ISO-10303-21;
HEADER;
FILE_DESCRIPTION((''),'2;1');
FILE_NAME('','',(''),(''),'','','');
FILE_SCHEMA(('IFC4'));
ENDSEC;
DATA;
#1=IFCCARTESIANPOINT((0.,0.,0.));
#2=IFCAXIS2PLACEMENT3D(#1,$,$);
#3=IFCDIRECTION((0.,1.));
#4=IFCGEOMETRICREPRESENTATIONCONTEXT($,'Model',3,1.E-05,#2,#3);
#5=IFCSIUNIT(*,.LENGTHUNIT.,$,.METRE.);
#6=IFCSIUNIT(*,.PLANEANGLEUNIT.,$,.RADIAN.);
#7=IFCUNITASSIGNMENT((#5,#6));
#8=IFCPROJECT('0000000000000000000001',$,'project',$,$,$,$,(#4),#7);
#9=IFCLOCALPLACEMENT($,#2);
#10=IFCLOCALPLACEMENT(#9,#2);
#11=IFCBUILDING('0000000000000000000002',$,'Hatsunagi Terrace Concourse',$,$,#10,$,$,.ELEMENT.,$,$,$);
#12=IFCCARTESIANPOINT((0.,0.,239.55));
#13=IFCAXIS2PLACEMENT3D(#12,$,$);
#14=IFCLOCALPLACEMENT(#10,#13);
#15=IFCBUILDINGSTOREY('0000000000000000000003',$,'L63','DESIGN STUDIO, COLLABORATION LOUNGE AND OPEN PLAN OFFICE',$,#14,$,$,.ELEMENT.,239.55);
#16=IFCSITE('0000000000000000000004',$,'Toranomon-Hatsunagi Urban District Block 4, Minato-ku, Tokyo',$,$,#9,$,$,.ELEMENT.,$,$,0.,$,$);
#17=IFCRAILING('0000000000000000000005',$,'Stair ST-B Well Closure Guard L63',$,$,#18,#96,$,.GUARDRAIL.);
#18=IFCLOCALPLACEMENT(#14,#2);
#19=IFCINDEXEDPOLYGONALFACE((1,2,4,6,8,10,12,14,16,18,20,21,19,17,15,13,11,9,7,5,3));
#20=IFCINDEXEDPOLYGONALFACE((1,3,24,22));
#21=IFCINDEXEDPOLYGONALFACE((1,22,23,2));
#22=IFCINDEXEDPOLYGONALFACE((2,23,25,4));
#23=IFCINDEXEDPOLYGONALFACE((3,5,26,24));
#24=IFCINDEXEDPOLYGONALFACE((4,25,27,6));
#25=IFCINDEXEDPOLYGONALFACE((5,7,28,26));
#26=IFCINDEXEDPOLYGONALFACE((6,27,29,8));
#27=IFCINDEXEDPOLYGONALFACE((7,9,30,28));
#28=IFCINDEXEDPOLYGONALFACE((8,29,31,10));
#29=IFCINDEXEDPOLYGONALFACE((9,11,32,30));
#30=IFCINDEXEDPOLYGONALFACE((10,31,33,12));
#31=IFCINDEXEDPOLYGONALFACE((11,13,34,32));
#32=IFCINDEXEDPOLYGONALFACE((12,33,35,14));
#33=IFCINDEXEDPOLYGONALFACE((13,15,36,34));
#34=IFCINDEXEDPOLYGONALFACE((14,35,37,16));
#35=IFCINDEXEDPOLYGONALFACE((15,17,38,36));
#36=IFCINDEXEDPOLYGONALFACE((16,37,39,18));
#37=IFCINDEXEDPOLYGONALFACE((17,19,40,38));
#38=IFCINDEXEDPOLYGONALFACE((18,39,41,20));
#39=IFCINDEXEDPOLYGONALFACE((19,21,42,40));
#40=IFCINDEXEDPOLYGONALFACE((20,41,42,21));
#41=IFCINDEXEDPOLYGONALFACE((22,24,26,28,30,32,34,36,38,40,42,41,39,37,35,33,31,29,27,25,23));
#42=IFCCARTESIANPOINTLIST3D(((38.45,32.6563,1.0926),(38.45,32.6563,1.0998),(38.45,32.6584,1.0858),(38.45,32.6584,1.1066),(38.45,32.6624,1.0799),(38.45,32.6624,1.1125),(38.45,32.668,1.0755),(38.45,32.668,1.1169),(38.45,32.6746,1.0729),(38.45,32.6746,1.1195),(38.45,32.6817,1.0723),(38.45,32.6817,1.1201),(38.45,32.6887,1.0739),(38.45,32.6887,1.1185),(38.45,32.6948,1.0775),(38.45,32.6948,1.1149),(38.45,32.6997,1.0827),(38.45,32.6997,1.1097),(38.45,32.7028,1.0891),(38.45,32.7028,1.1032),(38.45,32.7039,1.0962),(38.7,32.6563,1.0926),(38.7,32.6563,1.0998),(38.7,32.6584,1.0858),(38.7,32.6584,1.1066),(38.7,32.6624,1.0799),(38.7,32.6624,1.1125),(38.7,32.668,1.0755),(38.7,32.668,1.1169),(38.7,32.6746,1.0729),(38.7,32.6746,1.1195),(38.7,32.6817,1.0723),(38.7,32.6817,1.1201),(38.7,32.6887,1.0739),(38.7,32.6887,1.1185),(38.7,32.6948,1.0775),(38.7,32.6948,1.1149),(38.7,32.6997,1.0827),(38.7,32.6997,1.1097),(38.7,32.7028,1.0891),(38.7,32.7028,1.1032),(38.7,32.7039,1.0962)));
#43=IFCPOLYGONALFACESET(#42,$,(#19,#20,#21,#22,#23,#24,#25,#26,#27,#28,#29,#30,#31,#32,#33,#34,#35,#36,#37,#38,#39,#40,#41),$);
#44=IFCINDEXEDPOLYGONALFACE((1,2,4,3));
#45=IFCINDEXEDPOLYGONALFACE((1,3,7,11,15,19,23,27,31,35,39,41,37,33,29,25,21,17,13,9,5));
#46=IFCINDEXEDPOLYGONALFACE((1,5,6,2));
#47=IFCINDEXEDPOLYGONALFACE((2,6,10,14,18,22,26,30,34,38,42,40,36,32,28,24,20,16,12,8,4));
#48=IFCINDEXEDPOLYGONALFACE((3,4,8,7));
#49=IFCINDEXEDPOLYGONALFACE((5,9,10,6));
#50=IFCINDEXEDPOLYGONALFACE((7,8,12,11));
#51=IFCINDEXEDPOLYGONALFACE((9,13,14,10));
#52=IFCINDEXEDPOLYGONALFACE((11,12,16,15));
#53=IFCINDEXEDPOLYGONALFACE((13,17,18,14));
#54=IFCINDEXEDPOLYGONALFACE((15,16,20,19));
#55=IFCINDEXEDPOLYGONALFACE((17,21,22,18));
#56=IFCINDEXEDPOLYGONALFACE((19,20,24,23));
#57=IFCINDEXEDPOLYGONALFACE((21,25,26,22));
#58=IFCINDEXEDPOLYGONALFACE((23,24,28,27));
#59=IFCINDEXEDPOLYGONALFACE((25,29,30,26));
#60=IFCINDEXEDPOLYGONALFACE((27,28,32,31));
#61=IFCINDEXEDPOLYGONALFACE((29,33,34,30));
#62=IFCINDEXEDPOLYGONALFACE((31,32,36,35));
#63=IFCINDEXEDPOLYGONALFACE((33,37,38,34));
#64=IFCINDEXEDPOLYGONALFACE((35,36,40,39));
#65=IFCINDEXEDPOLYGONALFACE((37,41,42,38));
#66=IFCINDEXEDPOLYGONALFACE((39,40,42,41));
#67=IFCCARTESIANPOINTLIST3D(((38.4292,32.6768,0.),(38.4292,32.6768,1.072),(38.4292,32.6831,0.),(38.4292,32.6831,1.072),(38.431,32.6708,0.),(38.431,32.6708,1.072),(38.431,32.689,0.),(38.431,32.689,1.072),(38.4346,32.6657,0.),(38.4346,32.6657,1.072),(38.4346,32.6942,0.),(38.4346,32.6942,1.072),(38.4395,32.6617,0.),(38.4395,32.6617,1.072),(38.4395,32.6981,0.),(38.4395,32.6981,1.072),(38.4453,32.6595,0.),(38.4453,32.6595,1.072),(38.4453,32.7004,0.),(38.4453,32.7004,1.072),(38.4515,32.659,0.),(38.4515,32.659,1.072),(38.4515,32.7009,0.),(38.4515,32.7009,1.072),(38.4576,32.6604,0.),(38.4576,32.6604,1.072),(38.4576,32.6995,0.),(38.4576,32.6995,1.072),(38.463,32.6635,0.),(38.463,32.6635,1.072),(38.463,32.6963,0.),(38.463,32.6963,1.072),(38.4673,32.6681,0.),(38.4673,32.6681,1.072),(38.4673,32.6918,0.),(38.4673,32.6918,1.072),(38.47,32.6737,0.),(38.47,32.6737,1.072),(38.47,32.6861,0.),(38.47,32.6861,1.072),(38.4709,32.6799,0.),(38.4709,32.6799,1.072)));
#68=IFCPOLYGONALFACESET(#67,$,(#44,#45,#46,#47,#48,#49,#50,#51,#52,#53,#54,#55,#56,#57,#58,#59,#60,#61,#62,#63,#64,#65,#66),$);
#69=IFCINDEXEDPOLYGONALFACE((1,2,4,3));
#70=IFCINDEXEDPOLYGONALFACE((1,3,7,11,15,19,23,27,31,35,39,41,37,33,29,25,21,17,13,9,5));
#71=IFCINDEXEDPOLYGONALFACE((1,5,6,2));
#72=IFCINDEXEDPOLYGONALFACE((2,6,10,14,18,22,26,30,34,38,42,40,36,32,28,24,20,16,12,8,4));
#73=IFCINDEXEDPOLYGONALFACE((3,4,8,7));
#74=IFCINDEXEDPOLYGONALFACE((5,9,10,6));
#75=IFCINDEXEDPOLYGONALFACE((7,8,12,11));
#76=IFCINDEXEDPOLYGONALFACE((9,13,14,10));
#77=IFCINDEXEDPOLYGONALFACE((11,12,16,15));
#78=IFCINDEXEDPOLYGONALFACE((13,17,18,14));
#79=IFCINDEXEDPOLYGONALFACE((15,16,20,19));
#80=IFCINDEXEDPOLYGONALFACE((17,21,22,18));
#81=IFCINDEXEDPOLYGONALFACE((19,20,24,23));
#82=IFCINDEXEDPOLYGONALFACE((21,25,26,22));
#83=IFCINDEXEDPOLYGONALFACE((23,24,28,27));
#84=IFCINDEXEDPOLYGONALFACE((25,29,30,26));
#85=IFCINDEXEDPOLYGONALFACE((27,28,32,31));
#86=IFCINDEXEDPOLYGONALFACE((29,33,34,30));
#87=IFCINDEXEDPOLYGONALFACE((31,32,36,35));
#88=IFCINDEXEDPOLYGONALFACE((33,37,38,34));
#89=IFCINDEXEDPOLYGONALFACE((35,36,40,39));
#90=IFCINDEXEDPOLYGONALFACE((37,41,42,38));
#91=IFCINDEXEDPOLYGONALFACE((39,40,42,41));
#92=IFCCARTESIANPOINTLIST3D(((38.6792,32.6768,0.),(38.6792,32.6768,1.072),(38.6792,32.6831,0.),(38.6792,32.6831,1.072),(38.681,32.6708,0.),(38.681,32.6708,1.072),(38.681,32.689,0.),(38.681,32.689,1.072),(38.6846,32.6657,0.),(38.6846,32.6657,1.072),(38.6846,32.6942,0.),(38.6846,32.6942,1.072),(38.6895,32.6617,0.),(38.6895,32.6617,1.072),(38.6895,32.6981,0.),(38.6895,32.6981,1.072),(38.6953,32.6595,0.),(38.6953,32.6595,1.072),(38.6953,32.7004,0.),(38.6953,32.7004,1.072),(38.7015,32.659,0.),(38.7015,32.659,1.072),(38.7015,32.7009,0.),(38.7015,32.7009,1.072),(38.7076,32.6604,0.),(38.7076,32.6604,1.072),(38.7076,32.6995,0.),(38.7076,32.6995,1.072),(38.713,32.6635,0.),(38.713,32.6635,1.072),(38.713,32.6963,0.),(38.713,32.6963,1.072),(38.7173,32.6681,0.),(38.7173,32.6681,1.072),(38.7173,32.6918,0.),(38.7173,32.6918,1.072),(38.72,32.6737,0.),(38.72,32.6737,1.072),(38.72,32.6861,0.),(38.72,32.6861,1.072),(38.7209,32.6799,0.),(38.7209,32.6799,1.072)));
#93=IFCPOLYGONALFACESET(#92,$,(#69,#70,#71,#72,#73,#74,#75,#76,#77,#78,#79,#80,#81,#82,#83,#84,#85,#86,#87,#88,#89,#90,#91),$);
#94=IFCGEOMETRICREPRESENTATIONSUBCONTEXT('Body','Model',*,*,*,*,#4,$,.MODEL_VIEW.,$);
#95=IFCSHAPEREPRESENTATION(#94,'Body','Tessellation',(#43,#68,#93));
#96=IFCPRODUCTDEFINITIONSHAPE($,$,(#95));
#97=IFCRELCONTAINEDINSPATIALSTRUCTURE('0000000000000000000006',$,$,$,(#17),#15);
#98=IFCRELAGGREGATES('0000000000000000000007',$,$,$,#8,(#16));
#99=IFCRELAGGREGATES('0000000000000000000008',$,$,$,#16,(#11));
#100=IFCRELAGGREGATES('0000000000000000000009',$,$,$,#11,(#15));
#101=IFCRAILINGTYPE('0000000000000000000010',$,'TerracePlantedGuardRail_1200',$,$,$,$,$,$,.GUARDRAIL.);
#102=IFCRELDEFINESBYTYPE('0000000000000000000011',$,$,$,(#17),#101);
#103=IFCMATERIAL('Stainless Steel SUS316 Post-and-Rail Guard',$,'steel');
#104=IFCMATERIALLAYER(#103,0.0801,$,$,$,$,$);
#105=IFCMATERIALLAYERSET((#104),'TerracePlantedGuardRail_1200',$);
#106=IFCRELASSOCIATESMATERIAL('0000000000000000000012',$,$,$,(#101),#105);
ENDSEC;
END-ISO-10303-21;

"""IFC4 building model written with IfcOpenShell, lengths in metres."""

from ifc_helpers import new_model, si_unit, direction, frame, origin, origin_2d, place, context, subcontext, project, spatial, circle, extrude, material, layer, layer_set, type_object, element, save


model = new_model("IFC4")

# Units and contexts
model_context = context("Model", 3, precision=1e-05, world=origin(), true_north=direction((0.0, 1.0)))
body_context = subcontext(model_context, "Body", "Model", "MODEL_VIEW")
ifc_project = project(units=[si_unit("LENGTHUNIT", "METRE"), si_unit("PLANEANGLEUNIT", "RADIAN")], contexts=[model_context])

# Site, building, storey
site_placement = place(None, origin())
site = spatial("IfcSite", under=ifc_project, at=site_placement, Name="Toranomon-Hatsunagi Urban District Block 4, Minato-ku, Tokyo", CompositionType="ELEMENT", RefElevation=0.0)
building_placement = place(site_placement, origin())
building = spatial("IfcBuilding", under=site, at=building_placement, Name="Hatsunagi Terrace Concourse", CompositionType="ELEMENT")
storey_placement = place(building_placement, frame((0.0, 0.0, 239.55)))
storey = spatial("IfcBuildingStorey", under=building, at=storey_placement, Name="L63", Description="DESIGN STUDIO, COLLABORATION LOUNGE AND OPEN PLAN OFFICE", CompositionType="ELEMENT", Elevation=239.55)

# Railing
ifc_material_1 = material(Name="Stainless Steel SUS316 Post-and-Rail Guard", Category="steel")
ifc_layer_1 = layer(ifc_material_1, 0.0801)
ifc_layer_set_1 = layer_set([ifc_layer_1], Name="TerracePlantedGuardRail_1200")
railing_type_1 = type_object("IfcRailingType", Name="TerracePlantedGuardRail_1200", PredefinedType="GUARDRAIL", material=ifc_layer_set_1)
railing_1_placement = place(storey_placement, frame((38.45, 32.6799, 0.0)))
element("IfcRailing", 1, at=railing_1_placement, inside=storey, type_object=railing_type_1, Name="Stair ST-B Well Closure Guard L63", PredefinedType="GUARDRAIL", context=body_context, shape_type="SweptSolid", body=[
    extrude(circle(Radius=0.0239, at=origin_2d()), frame((0.0, 0.0, 1.0962), z_axis=(1.0, 0.0, 0.0), x_axis=(0.0, 1.0, 0.0)), (0.0, 0.0, 1.0), 0.25),
    extrude(circle(Radius=0.021, at=origin_2d()), origin(), (0.0, 0.0, 1.0), 1.072),
    extrude(circle(Radius=0.021, at=origin_2d()), frame((0.25, 0.0, 0.0)), (0.0, 0.0, 1.0), 1.072),
])

save(model, "model.ifc")
